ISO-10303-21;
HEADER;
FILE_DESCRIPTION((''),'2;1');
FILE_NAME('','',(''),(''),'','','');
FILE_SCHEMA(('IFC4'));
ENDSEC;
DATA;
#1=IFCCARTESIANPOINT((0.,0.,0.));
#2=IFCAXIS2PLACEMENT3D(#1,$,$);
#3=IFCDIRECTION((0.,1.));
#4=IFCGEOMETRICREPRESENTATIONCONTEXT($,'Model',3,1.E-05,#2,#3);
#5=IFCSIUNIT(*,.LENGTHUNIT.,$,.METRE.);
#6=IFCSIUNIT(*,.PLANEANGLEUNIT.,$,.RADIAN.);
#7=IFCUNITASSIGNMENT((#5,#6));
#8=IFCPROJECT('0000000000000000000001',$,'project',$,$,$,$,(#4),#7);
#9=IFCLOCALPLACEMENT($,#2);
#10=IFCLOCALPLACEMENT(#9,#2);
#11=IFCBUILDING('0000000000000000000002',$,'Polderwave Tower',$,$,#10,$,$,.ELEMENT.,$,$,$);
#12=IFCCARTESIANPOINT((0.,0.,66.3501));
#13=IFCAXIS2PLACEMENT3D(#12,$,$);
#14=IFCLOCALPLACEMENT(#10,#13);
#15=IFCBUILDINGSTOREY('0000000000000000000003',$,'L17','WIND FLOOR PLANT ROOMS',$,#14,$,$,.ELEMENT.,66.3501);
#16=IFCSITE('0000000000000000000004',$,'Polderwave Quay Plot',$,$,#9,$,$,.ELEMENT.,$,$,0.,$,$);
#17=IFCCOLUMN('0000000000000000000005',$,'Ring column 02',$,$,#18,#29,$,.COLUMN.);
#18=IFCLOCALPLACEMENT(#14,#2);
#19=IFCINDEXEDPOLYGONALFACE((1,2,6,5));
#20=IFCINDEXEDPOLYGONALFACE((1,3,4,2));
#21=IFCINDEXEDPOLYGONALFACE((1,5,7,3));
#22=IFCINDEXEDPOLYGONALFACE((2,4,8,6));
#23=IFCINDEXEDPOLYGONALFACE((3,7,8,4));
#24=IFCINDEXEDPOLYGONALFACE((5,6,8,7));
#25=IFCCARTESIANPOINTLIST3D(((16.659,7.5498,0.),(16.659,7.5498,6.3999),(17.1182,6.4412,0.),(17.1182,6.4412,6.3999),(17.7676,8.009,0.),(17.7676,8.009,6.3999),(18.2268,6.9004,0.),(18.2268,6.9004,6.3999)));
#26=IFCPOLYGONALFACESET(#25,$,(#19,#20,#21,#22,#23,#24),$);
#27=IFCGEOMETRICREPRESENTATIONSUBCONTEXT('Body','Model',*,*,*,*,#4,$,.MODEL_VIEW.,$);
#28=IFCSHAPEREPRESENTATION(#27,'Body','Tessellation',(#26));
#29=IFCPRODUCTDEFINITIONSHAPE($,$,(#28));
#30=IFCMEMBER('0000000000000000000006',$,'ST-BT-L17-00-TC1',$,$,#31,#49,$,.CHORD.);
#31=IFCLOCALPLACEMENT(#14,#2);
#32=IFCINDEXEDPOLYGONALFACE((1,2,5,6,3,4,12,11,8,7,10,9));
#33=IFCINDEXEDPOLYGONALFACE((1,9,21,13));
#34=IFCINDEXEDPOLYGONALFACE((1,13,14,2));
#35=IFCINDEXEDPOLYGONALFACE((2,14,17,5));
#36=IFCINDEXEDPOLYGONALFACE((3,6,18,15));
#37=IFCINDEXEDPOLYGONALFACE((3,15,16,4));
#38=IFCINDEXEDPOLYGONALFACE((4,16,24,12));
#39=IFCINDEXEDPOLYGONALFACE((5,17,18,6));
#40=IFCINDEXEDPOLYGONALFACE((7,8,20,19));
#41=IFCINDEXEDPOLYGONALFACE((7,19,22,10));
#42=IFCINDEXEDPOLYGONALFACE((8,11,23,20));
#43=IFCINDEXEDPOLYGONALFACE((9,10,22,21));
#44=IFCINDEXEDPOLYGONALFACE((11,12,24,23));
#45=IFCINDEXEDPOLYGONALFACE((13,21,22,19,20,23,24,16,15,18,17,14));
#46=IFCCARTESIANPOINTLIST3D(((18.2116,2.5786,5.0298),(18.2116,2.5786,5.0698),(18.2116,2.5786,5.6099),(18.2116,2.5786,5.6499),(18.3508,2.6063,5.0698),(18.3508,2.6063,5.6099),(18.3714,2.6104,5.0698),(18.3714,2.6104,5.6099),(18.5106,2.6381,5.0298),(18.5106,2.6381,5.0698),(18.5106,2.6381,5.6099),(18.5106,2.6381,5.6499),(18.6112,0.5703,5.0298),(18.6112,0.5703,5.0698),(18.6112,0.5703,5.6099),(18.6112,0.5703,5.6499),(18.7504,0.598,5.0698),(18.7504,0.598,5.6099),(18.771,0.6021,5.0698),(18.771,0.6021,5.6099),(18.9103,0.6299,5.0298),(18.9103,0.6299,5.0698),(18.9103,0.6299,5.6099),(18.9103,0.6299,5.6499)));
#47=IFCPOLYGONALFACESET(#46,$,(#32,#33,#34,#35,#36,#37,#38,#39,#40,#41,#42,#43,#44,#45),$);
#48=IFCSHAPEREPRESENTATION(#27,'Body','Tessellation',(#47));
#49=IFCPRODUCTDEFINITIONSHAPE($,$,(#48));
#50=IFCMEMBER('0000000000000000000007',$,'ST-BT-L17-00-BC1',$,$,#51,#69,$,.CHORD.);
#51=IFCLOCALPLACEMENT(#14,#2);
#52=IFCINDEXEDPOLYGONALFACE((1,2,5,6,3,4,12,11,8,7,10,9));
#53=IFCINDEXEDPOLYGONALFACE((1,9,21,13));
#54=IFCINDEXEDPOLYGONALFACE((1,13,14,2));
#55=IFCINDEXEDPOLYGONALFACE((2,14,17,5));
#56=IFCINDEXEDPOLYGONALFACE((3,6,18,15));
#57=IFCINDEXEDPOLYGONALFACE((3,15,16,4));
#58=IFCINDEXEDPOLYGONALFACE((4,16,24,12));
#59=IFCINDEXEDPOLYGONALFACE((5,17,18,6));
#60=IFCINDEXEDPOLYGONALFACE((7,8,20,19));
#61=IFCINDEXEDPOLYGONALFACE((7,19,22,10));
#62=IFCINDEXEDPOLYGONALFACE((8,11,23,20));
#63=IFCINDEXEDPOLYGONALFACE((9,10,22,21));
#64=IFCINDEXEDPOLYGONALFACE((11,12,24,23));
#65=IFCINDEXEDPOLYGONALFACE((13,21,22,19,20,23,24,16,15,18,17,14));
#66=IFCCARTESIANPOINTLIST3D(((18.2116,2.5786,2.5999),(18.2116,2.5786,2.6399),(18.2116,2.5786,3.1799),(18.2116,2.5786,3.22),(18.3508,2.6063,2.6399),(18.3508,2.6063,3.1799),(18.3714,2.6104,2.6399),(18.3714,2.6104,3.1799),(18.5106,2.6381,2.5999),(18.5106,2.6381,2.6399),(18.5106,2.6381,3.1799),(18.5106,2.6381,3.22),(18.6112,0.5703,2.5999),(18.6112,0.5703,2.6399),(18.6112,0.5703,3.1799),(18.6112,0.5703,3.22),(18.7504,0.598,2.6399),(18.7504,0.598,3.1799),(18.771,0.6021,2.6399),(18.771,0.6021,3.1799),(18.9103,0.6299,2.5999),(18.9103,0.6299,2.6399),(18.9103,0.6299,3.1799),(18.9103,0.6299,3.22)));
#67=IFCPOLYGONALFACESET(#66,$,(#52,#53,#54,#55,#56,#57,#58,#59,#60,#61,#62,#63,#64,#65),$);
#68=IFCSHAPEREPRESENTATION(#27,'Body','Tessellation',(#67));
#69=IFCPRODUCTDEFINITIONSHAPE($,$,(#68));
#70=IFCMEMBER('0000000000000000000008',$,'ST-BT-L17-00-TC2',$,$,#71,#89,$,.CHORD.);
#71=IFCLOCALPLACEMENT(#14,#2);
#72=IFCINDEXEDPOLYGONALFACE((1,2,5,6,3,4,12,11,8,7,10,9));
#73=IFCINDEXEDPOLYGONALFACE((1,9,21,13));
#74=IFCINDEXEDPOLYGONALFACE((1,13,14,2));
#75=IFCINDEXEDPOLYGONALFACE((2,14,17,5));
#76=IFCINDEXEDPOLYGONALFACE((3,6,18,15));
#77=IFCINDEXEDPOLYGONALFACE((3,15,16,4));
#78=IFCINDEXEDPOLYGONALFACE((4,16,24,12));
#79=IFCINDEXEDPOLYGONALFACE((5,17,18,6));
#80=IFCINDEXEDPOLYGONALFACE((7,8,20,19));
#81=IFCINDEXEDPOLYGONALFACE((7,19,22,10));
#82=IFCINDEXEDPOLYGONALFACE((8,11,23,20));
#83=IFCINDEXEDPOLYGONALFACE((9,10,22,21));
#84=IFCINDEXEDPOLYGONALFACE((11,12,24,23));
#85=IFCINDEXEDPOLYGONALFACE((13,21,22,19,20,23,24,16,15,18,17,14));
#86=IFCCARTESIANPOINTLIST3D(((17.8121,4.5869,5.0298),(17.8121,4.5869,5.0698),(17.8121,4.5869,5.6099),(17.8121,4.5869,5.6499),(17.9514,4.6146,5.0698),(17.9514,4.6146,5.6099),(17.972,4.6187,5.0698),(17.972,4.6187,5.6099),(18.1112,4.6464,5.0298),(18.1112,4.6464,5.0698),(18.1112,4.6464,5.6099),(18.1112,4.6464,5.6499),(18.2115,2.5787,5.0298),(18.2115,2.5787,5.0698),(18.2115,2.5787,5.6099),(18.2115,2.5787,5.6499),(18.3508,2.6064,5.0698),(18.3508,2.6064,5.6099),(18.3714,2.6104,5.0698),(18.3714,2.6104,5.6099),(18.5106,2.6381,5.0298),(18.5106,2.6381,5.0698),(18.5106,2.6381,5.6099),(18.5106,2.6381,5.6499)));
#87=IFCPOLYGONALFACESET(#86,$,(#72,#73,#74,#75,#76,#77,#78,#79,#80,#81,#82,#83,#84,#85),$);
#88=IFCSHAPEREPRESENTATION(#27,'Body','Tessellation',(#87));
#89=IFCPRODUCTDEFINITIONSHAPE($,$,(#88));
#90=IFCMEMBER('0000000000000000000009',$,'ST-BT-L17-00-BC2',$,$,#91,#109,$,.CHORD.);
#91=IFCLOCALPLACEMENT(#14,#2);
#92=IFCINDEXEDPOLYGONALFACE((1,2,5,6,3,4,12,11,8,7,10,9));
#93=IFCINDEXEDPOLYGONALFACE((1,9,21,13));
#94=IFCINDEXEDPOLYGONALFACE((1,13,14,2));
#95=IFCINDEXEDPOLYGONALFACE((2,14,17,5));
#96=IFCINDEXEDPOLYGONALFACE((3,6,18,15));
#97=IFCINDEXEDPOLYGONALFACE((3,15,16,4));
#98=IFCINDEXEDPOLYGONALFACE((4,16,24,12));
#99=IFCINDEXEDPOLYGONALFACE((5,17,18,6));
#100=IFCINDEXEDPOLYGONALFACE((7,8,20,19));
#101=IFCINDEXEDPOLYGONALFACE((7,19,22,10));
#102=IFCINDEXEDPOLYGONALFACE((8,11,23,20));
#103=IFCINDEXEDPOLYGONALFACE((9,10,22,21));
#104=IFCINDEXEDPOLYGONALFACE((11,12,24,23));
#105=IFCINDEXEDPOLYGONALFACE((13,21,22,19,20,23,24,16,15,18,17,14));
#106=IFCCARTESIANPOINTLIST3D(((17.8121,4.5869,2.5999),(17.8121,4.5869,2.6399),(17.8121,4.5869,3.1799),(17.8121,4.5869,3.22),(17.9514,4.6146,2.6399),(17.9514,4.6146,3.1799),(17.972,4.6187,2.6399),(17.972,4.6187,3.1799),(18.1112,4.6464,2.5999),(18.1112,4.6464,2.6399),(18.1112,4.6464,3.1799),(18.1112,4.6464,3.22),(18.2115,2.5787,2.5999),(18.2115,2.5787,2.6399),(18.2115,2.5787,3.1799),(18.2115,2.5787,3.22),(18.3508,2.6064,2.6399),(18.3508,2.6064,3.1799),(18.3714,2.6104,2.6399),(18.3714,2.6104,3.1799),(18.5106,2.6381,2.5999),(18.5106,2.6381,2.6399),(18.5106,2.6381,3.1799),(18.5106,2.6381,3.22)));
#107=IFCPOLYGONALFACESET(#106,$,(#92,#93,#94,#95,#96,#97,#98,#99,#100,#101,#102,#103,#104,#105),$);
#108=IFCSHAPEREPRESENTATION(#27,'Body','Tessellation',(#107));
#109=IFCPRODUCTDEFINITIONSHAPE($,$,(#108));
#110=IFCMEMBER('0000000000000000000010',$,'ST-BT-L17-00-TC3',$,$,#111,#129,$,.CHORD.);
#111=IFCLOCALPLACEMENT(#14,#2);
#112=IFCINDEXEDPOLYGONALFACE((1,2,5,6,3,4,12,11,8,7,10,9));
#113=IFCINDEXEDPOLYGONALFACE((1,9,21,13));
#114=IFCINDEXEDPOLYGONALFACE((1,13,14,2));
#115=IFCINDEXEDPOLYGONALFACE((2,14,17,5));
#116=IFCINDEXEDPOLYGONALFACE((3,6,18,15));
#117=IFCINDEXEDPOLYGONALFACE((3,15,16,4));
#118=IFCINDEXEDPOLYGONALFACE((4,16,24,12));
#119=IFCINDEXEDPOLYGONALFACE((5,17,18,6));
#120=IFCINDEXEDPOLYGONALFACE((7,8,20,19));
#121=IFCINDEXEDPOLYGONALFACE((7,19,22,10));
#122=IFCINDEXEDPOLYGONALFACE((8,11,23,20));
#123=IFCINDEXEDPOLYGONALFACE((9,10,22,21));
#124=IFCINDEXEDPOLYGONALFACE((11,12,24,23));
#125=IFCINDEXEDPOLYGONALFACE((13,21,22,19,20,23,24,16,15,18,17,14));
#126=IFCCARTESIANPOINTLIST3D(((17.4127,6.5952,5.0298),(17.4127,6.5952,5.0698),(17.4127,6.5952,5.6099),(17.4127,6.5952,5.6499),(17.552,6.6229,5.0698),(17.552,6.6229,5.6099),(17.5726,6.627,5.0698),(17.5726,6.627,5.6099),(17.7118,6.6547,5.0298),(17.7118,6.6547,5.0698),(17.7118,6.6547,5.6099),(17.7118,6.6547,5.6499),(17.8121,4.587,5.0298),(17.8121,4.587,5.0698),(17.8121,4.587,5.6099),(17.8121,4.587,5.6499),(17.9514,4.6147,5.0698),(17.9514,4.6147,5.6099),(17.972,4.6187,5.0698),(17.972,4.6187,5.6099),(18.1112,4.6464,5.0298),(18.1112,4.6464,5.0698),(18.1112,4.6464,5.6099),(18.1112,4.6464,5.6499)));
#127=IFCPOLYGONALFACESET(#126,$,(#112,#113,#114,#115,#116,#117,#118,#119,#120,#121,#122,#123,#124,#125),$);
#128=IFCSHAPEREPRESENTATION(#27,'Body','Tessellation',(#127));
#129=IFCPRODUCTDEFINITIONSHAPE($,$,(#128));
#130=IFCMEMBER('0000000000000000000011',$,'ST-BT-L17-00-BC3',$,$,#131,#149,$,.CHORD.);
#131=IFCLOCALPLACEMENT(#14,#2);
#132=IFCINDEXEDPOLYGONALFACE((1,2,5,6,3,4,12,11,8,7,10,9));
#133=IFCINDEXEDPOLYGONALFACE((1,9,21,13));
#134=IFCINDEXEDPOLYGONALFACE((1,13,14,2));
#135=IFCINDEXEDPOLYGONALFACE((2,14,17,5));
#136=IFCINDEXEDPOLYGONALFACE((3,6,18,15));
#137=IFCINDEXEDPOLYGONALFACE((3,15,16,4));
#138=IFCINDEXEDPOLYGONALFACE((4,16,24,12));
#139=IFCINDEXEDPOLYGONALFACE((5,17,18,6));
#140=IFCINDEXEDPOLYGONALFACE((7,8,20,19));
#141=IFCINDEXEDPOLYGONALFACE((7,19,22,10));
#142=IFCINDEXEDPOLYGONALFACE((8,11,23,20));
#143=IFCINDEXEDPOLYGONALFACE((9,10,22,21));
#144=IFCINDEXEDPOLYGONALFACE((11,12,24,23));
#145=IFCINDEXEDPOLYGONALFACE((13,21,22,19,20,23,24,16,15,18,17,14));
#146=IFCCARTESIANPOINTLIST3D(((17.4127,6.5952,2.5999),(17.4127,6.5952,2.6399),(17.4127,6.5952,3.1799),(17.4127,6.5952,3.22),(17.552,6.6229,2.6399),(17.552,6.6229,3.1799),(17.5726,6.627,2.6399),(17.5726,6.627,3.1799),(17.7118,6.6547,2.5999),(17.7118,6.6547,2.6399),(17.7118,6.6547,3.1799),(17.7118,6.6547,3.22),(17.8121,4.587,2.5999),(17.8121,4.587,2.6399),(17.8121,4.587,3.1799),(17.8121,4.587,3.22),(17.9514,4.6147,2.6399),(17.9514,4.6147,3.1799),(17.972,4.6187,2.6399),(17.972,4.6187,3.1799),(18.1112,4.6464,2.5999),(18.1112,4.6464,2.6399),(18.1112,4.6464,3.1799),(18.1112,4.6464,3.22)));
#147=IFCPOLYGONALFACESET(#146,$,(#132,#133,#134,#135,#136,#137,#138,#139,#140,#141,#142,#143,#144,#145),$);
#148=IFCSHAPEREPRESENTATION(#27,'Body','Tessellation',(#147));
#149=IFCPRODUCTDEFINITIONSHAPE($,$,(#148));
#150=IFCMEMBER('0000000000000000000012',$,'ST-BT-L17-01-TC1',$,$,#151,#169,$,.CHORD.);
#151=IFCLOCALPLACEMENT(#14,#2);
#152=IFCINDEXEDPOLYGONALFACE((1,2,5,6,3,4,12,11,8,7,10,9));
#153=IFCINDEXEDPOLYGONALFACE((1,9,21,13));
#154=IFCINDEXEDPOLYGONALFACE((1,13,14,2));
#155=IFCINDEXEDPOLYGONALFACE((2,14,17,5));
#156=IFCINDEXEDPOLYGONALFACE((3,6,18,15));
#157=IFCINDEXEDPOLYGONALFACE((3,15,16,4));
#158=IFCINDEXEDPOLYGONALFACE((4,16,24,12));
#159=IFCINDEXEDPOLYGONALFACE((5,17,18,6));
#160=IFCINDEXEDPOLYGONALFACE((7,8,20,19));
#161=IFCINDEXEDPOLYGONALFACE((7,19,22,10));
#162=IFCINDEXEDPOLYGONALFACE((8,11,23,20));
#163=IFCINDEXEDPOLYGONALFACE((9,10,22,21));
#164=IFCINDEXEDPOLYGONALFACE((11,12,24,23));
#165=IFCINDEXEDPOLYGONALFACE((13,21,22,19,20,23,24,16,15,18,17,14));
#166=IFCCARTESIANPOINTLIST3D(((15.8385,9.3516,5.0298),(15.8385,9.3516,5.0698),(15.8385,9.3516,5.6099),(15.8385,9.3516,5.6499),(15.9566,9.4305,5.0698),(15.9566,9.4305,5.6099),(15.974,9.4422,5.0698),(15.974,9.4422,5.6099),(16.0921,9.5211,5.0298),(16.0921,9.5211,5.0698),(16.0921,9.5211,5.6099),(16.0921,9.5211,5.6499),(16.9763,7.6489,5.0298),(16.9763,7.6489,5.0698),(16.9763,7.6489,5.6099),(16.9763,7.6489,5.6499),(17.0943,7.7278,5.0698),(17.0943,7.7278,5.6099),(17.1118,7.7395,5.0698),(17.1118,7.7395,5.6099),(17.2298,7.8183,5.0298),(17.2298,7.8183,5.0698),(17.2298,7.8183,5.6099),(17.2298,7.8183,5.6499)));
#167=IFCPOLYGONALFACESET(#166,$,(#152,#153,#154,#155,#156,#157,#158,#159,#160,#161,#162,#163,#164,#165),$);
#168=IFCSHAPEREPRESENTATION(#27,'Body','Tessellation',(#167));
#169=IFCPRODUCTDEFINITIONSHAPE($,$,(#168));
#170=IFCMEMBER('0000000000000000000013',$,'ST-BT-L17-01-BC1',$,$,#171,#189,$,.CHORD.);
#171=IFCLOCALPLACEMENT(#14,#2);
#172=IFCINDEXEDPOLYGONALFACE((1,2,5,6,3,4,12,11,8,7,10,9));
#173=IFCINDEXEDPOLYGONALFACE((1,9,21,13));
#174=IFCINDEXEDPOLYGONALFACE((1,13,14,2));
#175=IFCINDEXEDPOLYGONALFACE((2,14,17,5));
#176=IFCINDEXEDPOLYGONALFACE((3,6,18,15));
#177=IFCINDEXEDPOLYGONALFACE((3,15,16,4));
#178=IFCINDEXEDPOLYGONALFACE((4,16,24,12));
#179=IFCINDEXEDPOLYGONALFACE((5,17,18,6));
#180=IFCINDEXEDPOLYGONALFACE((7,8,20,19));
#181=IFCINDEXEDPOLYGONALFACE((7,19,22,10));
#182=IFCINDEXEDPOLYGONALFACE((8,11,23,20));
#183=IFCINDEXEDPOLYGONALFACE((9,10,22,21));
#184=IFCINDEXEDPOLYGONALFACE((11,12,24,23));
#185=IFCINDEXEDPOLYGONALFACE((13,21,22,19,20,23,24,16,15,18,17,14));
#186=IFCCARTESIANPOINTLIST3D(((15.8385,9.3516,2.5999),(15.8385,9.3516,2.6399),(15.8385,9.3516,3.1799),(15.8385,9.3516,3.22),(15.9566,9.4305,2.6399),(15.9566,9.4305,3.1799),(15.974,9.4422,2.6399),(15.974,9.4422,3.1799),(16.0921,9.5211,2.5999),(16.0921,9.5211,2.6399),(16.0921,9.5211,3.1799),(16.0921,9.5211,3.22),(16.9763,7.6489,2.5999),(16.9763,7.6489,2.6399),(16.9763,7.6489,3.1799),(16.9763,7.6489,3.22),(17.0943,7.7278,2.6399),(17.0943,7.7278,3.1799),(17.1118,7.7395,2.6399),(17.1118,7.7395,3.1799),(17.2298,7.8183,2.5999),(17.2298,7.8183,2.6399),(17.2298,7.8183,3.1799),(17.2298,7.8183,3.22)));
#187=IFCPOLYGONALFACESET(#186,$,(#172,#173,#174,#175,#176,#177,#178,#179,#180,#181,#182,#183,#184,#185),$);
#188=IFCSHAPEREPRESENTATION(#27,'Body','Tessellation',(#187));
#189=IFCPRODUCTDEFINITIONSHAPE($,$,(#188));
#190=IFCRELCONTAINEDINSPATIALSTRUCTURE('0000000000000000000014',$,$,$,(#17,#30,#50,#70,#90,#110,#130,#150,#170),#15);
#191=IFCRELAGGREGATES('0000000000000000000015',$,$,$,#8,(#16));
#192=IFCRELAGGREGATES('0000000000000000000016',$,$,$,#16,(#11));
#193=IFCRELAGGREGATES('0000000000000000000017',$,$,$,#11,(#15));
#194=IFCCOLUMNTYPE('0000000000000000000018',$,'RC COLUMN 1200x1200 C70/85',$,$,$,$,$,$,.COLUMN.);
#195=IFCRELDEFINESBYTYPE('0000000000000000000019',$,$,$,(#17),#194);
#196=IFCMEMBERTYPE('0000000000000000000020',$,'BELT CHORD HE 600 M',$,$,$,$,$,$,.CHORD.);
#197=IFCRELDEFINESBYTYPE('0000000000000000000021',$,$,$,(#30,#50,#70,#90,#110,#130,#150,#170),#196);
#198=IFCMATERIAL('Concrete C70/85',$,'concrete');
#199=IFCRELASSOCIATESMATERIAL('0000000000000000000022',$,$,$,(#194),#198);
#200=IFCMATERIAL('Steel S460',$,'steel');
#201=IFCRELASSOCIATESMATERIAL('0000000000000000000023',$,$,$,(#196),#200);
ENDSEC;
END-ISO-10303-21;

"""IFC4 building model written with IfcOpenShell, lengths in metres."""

from ifc_helpers import new_model, si_unit, direction, frame, origin, origin_2d, place, context, subcontext, project, spatial, rectangle, i_section, extrude, material, material_profile, profile_set, type_object, element, save


model = new_model("IFC4")

# Units and contexts
model_context = context("Model", 3, precision=1e-05, world=origin(), true_north=direction((0.0, 1.0)))
body_context = subcontext(model_context, "Body", "Model", "MODEL_VIEW")
ifc_project = project(units=[si_unit("LENGTHUNIT", "METRE"), si_unit("PLANEANGLEUNIT", "RADIAN")], contexts=[model_context])

# Site, building, storey
site_placement = place(None, origin())
site = spatial("IfcSite", under=ifc_project, at=site_placement, Name="Polderwave Quay Plot", CompositionType="ELEMENT", RefElevation=0.0)
building_placement = place(site_placement, origin())
building = spatial("IfcBuilding", under=site, at=building_placement, Name="Polderwave Tower", CompositionType="ELEMENT")
storey_placement = place(building_placement, frame((0.0, 0.0, 66.3501)))
storey = spatial("IfcBuildingStorey", under=building, at=storey_placement, Name="L17", Description="WIND FLOOR PLANT ROOMS", CompositionType="ELEMENT", Elevation=66.3501)

# Column
ifc_material_1 = material(Name="Concrete C70/85", Category="concrete")
ifc_material_profile_1 = material_profile(ifc_material_1, rectangle(XDim=1.2, YDim=1.2, at=origin_2d()), Name="RC 1200x1200")
ifc_profile_set_1 = profile_set([ifc_material_profile_1], Name="Concrete C70/85")
column_type = type_object("IfcColumnType", Name="RC COLUMN 1200x1200 C70/85", PredefinedType="COLUMN", material=ifc_profile_set_1)
column_placement = place(storey_placement, frame((17.4429, 7.2251, 0.0), z_axis=(0.0, 0.0, 1.0), x_axis=(0.92388, 0.382683, 0.0)))
element("IfcColumn", 1, at=column_placement, inside=storey, type_object=column_type, Name="Ring column 02", PredefinedType="COLUMN", context=body_context, shape_type="SweptSolid", body=[
    extrude(rectangle(XDim=1.2, YDim=1.2, at=origin_2d()), origin(), (0.0, 0.0, 1.0), 6.3999),
])

# Members
ifc_material_2 = material(Name="Steel S460", Category="steel")
ifc_material_profile_2 = material_profile(ifc_material_2, i_section(OverallWidth=0.3049, OverallDepth=0.6201, WebThickness=0.021, FlangeThickness=0.04, at=origin_2d()), Name="HE 600 M")
ifc_profile_set_2 = profile_set([ifc_material_profile_2], Name="Steel S460")
member_type_1 = type_object("IfcMemberType", Name="BELT CHORD HE 600 M", PredefinedType="CHORD", material=ifc_profile_set_2)
for number, where, z_axis, x_axis, name in (
    (2, (18.7607, 0.6001, 5.3398), (-0.195176, 0.980768, 0.0), (-0.980768, -0.195176, 0.0), "ST-BT-L17-00-TC1"),
    (3, (18.7607, 0.6001, 2.9099), (-0.195176, 0.980768, 0.0), (-0.980768, -0.195176, 0.0), "ST-BT-L17-00-BC1"),
    (4, (18.3611, 2.6084, 5.3398), (-0.195061, 0.980791, 0.0), (-0.980791, -0.195061, 0.0), "ST-BT-L17-00-TC2"),
    (5, (18.3611, 2.6084, 2.9099), (-0.195061, 0.980791, 0.0), (-0.980791, -0.195061, 0.0), "ST-BT-L17-00-BC2"),
    (6, (17.9617, 4.6167, 5.3398), (-0.195061, 0.980791, 0.0), (-0.980791, -0.195061, 0.0), "ST-BT-L17-00-TC3"),
    (7, (17.9617, 4.6167, 2.9099), (-0.195061, 0.980791, 0.0), (-0.980791, -0.195061, 0.0), "ST-BT-L17-00-BC3"),
):
    element("IfcMember", number, at=place(storey_placement, frame(where, z_axis=z_axis, x_axis=x_axis)), inside=storey, type_object=member_type_1, Name=name, PredefinedType="CHORD", context=body_context, shape_type="SweptSolid", body=[
        extrude(i_section(OverallWidth=0.3049, OverallDepth=0.6201, WebThickness=0.021, FlangeThickness=0.04, at=origin_2d()), origin(), (0.0, 0.0, 1.0), 2.0476),
    ])
for number, where, z_axis, x_axis, name in (
    (8, (17.103, 7.7336, 5.3398), (-0.55558, 0.831463, 0.0), (-0.831463, -0.55558, 0.0), "ST-BT-L17-01-TC1"),
    (9, (17.103, 7.7336, 2.9099), (-0.55558, 0.831463, 0.0), (-0.831463, -0.55558, 0.0), "ST-BT-L17-01-BC1"),
):
    element("IfcMember", number, at=place(storey_placement, frame(where, z_axis=z_axis, x_axis=x_axis)), inside=storey, type_object=member_type_1, Name=name, PredefinedType="CHORD", context=body_context, shape_type="SweptSolid", body=[
        extrude(i_section(OverallWidth=0.3049, OverallDepth=0.6201, WebThickness=0.021, FlangeThickness=0.04, at=origin_2d()), origin(), (0.0, 0.0, 1.0), 2.0479),
    ])

save(model, "model.ifc")
